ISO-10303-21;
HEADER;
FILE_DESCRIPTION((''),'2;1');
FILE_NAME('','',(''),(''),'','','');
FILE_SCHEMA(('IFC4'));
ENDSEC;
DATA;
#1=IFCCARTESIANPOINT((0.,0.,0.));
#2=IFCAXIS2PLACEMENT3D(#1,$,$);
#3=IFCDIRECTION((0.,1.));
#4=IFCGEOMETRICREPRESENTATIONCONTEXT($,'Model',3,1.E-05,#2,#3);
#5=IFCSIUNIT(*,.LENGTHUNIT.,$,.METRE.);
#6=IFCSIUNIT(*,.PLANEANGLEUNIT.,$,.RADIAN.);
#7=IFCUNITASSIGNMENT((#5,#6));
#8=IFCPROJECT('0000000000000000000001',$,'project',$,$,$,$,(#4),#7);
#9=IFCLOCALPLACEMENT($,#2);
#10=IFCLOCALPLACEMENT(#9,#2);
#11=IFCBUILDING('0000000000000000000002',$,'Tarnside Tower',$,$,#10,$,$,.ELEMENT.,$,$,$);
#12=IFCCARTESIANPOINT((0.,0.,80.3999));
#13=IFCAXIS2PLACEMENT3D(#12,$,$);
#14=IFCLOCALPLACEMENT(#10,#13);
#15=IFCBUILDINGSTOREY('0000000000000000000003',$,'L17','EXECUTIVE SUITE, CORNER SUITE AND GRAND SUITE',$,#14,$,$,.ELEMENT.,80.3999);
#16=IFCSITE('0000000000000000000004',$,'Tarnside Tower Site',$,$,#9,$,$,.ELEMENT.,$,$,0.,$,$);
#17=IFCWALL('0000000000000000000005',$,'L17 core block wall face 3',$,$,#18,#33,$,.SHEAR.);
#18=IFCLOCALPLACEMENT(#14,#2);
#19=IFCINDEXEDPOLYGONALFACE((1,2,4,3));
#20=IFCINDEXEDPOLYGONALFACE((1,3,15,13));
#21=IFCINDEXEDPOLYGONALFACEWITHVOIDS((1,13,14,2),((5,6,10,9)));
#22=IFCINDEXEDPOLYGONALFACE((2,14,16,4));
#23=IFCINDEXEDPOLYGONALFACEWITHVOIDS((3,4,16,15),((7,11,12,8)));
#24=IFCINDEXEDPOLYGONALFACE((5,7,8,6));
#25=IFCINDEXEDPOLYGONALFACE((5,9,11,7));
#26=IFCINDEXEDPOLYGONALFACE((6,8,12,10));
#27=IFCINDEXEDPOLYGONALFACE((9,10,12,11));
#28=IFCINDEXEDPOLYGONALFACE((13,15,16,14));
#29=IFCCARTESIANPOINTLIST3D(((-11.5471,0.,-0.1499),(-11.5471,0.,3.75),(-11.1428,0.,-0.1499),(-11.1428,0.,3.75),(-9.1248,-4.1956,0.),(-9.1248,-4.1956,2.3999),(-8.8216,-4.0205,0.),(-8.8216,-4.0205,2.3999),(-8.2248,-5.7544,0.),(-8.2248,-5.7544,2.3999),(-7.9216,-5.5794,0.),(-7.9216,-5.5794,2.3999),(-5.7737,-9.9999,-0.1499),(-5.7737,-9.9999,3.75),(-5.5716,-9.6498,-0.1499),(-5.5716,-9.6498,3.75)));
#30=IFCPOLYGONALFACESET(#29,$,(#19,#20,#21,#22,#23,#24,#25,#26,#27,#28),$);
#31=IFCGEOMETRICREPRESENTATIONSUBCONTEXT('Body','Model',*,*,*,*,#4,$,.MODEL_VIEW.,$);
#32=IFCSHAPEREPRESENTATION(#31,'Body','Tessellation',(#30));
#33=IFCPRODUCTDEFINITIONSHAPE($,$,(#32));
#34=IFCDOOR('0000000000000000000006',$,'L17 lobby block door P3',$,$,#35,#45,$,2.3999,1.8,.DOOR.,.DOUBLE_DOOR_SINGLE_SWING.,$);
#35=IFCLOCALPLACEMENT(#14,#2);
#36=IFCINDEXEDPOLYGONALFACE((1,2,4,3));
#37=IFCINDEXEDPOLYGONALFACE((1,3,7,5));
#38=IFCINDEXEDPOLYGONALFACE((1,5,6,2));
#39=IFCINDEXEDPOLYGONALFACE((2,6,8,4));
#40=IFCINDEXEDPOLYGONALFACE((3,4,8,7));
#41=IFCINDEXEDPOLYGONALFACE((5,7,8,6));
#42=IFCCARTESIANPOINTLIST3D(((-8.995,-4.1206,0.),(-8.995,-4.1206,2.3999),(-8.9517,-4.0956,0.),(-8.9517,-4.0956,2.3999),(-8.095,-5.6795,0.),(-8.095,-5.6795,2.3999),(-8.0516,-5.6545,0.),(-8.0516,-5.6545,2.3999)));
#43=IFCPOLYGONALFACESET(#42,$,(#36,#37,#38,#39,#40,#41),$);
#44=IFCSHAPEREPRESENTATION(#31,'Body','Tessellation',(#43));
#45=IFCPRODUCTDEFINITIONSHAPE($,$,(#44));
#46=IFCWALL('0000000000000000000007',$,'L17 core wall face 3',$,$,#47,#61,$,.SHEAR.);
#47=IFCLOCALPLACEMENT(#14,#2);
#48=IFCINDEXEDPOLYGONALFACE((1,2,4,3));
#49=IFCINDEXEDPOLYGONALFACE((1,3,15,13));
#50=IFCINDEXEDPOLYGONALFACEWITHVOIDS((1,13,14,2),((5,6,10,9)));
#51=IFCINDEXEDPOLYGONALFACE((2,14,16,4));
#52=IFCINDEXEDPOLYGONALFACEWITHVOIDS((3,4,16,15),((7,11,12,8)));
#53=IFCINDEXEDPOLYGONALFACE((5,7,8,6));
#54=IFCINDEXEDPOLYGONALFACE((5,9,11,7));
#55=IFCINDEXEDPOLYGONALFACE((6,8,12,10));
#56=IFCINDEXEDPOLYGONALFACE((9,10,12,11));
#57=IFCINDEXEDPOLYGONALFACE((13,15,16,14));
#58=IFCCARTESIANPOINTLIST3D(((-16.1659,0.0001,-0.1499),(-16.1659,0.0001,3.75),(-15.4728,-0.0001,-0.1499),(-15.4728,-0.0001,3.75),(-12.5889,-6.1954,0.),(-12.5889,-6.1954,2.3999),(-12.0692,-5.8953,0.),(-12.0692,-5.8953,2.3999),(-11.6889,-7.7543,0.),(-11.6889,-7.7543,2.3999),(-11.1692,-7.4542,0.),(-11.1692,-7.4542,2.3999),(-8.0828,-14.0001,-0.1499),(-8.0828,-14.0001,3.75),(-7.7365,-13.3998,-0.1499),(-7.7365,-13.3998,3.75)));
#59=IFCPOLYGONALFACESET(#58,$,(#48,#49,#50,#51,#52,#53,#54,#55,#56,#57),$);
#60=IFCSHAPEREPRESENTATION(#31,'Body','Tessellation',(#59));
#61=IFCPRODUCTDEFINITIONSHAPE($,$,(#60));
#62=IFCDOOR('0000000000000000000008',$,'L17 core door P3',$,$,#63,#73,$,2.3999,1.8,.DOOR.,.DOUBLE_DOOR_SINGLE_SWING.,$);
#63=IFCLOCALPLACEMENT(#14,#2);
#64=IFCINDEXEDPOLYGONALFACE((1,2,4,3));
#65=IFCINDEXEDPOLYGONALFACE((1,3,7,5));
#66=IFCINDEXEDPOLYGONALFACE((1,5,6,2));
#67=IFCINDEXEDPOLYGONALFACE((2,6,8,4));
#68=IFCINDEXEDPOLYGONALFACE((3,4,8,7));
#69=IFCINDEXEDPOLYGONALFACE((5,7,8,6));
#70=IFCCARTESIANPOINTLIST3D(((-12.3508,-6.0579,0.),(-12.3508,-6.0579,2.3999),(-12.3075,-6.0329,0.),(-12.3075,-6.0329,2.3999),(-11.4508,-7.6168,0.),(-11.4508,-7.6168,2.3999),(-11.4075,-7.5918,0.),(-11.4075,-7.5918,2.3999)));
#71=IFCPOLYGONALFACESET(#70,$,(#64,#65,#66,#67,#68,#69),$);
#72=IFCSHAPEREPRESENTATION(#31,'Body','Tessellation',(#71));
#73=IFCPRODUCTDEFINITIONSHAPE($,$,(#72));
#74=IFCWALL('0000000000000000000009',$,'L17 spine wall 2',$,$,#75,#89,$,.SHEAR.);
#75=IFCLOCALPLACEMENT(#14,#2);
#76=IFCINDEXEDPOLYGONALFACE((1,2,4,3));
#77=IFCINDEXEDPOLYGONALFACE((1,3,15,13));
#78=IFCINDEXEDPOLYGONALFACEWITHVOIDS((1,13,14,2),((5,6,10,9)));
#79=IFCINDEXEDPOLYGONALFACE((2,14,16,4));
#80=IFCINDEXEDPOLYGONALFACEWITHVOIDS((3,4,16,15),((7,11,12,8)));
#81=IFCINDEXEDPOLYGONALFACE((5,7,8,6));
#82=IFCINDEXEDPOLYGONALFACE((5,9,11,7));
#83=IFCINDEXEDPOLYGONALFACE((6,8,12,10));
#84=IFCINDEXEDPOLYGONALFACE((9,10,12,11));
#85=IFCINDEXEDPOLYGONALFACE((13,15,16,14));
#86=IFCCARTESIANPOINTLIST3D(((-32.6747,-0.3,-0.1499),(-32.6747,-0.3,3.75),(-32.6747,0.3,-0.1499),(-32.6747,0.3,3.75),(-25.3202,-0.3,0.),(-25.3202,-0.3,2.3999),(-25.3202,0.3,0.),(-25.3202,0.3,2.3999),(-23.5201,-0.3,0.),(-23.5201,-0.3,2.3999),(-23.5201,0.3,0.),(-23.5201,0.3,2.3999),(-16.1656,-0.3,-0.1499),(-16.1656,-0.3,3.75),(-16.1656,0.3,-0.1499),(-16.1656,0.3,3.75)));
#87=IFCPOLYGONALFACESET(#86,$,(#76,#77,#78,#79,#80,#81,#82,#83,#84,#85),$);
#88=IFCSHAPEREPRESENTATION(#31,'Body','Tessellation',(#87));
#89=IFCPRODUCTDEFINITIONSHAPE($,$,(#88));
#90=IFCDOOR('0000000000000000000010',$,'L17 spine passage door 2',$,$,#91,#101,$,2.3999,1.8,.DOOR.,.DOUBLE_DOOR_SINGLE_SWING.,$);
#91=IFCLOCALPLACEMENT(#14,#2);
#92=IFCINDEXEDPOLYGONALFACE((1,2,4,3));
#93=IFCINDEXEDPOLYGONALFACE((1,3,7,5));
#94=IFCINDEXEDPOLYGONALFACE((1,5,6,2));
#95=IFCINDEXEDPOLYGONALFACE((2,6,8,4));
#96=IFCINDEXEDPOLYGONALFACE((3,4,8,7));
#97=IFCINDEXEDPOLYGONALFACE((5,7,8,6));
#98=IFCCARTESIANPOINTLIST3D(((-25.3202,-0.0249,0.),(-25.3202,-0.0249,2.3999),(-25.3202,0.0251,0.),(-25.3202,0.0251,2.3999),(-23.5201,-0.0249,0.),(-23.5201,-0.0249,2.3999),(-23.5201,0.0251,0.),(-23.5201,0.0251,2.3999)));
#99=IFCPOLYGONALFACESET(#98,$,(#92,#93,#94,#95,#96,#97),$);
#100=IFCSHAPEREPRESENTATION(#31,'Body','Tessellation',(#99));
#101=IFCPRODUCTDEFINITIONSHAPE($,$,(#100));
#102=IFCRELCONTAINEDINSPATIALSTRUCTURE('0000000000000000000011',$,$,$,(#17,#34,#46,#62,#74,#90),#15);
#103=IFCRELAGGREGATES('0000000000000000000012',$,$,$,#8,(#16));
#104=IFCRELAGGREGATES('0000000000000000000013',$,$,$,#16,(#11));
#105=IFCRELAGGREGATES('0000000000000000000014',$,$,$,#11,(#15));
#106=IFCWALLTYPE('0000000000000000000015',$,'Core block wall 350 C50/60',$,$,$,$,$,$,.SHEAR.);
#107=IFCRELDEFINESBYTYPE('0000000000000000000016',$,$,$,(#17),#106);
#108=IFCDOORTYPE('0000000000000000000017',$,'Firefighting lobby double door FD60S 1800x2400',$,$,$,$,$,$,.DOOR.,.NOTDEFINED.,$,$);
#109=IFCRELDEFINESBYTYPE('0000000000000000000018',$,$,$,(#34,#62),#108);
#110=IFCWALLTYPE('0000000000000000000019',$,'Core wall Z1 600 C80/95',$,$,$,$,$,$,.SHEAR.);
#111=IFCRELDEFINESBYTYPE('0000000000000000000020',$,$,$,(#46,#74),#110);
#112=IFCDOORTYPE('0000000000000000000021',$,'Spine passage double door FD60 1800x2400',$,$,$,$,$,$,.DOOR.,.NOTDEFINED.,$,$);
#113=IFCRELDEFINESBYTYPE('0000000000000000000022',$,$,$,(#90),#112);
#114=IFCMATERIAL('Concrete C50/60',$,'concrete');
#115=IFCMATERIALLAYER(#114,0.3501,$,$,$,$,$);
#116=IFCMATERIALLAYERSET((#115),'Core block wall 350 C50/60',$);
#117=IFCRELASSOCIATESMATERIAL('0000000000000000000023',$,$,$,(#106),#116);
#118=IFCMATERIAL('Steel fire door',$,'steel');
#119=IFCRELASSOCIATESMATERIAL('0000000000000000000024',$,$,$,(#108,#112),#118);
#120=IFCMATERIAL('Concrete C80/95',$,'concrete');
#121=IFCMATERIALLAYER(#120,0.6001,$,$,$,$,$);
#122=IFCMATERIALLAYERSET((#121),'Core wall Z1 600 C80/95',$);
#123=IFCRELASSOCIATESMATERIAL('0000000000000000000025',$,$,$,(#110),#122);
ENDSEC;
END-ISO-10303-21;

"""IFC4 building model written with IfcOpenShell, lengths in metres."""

from ifc_helpers import new_model, si_unit, direction, frame, frame_2d, origin, place, context, subcontext, project, spatial, polyline, rectangle, outline, extrude, material, layer, layer_set, type_object, element, fill, save


model = new_model("IFC4")

# Units and contexts
model_context = context("Model", 3, precision=1e-05, world=origin(), true_north=direction((0.0, 1.0)))
body_context = subcontext(model_context, "Body", "Model", "MODEL_VIEW")
ifc_project = project(units=[si_unit("LENGTHUNIT", "METRE"), si_unit("PLANEANGLEUNIT", "RADIAN")], contexts=[model_context])

# Site, building, storey
site_placement = place(None, origin())
site = spatial("IfcSite", under=ifc_project, at=site_placement, Name="Tarnside Tower Site", CompositionType="ELEMENT", RefElevation=0.0)
building_placement = place(site_placement, origin())
building = spatial("IfcBuilding", under=site, at=building_placement, Name="Tarnside Tower", CompositionType="ELEMENT")
storey_placement = place(building_placement, frame((0.0, 0.0, 80.3999)))
storey = spatial("IfcBuildingStorey", under=building, at=storey_placement, Name="L17", Description="EXECUTIVE SUITE, CORNER SUITE AND GRAND SUITE", CompositionType="ELEMENT", Elevation=80.3999)

# Walls, openings, doors
ifc_material_1 = material(Name="Concrete C50/60", Category="concrete")
ifc_layer_1 = layer(ifc_material_1, 0.3501)
ifc_layer_set_1 = layer_set([ifc_layer_1], Name="Core block wall 350 C50/60")
wall_type_1 = type_object("IfcWallType", Name="Core block wall 350 C50/60", PredefinedType="SHEAR", material=ifc_layer_set_1)
wall_1_placement = place(storey_placement, frame((-11.345, 0.0, -0.1499), z_axis=(0.0, 0.0, 1.0), x_axis=(0.499995, -0.866028, 0.0)))
wall_1 = element("IfcWall", 1, at=wall_1_placement, inside=storey, type_object=wall_type_1, Name="L17 core block wall face 3", PredefinedType="SHEAR", context=body_context, shape_type="SweptSolid", body=[
    extrude(outline(polyline([(-0.1011, -0.175), (11.4458, -0.175), (11.2437, 0.175), (0.1011, 0.175), (-0.1011, -0.175)])), origin(), (0.0, 0.0, 1.0), 3.8999),
])
opening_1_placement = place(wall_1_placement, frame((4.7437, 0.0, 0.1499)))
opening_1 = element("IfcOpeningElement", 2, at=opening_1_placement, cuts=wall_1, PredefinedType="OPENING", context=body_context, shape_type="SweptSolid", body=[
    extrude(rectangle(XDim=1.8, YDim=2.3999, at=frame_2d((0.8999, 1.2))), frame((0.0, 0.1851, 0.0), z_axis=(0.0, -1.0, 0.0), x_axis=(1.0, 0.0, 0.0)), (0.0, 0.0, 1.0), 0.3701),
])
ifc_material_2 = material(Name="Steel fire door", Category="steel")
door_type_1 = type_object("IfcDoorType", Name="Firefighting lobby double door FD60S 1800x2400", OperationType="NOTDEFINED", PredefinedType="DOOR", material=ifc_material_2)
door_1_placement = place(opening_1_placement, origin())
door_1 = element("IfcDoor", 3, at=door_1_placement, inside=storey, type_object=door_type_1, Name="L17 lobby block door P3", OperationType="DOUBLE_DOOR_SINGLE_SWING", OverallHeight=2.3999, OverallWidth=1.8, PredefinedType="DOOR", context=body_context, shape_type="SweptSolid", body=[
    extrude(rectangle(XDim=1.8, YDim=2.3999, at=frame_2d((0.8999, 1.2))), frame((0.0, 0.0249, 0.0), z_axis=(0.0, -1.0, 0.0), x_axis=(1.0, 0.0, 0.0)), (0.0, 0.0, 1.0), 0.05),
])
fill(opening_1, door_1)
ifc_material_3 = material(Name="Concrete C80/95", Category="concrete")
ifc_layer_2 = layer(ifc_material_3, 0.6001)
ifc_layer_set_2 = layer_set([ifc_layer_2], Name="Core wall Z1 600 C80/95")
wall_type_2 = type_object("IfcWallType", Name="Core wall Z1 600 C80/95", PredefinedType="SHEAR", material=ifc_layer_set_2)
wall_2_placement = place(storey_placement, frame((-15.8193, 0.0, -0.1499), z_axis=(0.0, 0.0, 1.0), x_axis=(0.5, -0.866025, 0.0)))
wall_2 = element("IfcWall", 4, at=wall_2_placement, inside=storey, type_object=wall_type_2, Name="L17 core wall face 3", PredefinedType="SHEAR", context=body_context, shape_type="SweptSolid", body=[
    extrude(outline(polyline([(-0.1733, -0.3), (15.9927, -0.3), (15.646, 0.3), (0.1733, 0.3), (-0.1733, -0.3)])), origin(), (0.0, 0.0, 1.0), 3.8999),
])
opening_2_placement = place(wall_2_placement, frame((6.9807, 0.0, 0.1499)))
opening_2 = element("IfcOpeningElement", 5, at=opening_2_placement, cuts=wall_2, PredefinedType="OPENING", context=body_context, shape_type="SweptSolid", body=[
    extrude(rectangle(XDim=1.8, YDim=2.3999, at=frame_2d((0.8999, 1.2))), frame((0.0, 0.3101, 0.0), z_axis=(0.0, -1.0, 0.0), x_axis=(1.0, 0.0, 0.0)), (0.0, 0.0, 1.0), 0.6201),
])
door_2_placement = place(opening_2_placement, origin())
door_2 = element("IfcDoor", 6, at=door_2_placement, inside=storey, type_object=door_type_1, Name="L17 core door P3", OperationType="DOUBLE_DOOR_SINGLE_SWING", OverallHeight=2.3999, OverallWidth=1.8, PredefinedType="DOOR", context=body_context, shape_type="SweptSolid", body=[
    extrude(rectangle(XDim=1.8, YDim=2.3999, at=frame_2d((0.8999, 1.2))), frame((0.0, 0.0249, 0.0), z_axis=(0.0, -1.0, 0.0), x_axis=(1.0, 0.0, 0.0)), (0.0, 0.0, 1.0), 0.05),
])
fill(opening_2, door_2)
wall_3_placement = place(storey_placement, frame((-16.1658, 0.0, -0.1499), z_axis=(0.0, 0.0, 1.0), x_axis=(-1.0, 0.0, 0.0)))
wall_3 = element("IfcWall", 7, at=wall_3_placement, inside=storey, type_object=wall_type_2, Name="L17 spine wall 2", PredefinedType="SHEAR", context=body_context, shape_type="SweptSolid", body=[
    extrude(rectangle(XDim=16.509, YDim=0.6001, at=frame_2d((8.2544, 0.0))), origin(), (0.0, 0.0, 1.0), 3.8999),
])
opening_3_placement = place(wall_3_placement, frame((7.3545, 0.0, 0.1499)))
opening_3 = element("IfcOpeningElement", 8, at=opening_3_placement, cuts=wall_3, PredefinedType="OPENING", context=body_context, shape_type="SweptSolid", body=[
    extrude(rectangle(XDim=1.8, YDim=2.3999, at=frame_2d((0.8999, 1.2))), frame((0.0, 0.3101, 0.0), z_axis=(0.0, -1.0, 0.0), x_axis=(1.0, 0.0, 0.0)), (0.0, 0.0, 1.0), 0.6201),
])
door_type_2 = type_object("IfcDoorType", Name="Spine passage double door FD60 1800x2400", OperationType="NOTDEFINED", PredefinedType="DOOR", material=ifc_material_2)
door_3_placement = place(opening_3_placement, origin())
door_3 = element("IfcDoor", 9, at=door_3_placement, inside=storey, type_object=door_type_2, Name="L17 spine passage door 2", OperationType="DOUBLE_DOOR_SINGLE_SWING", OverallHeight=2.3999, OverallWidth=1.8, PredefinedType="DOOR", context=body_context, shape_type="SweptSolid", body=[
    extrude(rectangle(XDim=1.8, YDim=2.3999, at=frame_2d((0.8999, 1.2))), frame((0.0, 0.0249, 0.0), z_axis=(0.0, -1.0, 0.0), x_axis=(1.0, 0.0, 0.0)), (0.0, 0.0, 1.0), 0.05),
])
fill(opening_3, door_3)

save(model, "model.ifc")
